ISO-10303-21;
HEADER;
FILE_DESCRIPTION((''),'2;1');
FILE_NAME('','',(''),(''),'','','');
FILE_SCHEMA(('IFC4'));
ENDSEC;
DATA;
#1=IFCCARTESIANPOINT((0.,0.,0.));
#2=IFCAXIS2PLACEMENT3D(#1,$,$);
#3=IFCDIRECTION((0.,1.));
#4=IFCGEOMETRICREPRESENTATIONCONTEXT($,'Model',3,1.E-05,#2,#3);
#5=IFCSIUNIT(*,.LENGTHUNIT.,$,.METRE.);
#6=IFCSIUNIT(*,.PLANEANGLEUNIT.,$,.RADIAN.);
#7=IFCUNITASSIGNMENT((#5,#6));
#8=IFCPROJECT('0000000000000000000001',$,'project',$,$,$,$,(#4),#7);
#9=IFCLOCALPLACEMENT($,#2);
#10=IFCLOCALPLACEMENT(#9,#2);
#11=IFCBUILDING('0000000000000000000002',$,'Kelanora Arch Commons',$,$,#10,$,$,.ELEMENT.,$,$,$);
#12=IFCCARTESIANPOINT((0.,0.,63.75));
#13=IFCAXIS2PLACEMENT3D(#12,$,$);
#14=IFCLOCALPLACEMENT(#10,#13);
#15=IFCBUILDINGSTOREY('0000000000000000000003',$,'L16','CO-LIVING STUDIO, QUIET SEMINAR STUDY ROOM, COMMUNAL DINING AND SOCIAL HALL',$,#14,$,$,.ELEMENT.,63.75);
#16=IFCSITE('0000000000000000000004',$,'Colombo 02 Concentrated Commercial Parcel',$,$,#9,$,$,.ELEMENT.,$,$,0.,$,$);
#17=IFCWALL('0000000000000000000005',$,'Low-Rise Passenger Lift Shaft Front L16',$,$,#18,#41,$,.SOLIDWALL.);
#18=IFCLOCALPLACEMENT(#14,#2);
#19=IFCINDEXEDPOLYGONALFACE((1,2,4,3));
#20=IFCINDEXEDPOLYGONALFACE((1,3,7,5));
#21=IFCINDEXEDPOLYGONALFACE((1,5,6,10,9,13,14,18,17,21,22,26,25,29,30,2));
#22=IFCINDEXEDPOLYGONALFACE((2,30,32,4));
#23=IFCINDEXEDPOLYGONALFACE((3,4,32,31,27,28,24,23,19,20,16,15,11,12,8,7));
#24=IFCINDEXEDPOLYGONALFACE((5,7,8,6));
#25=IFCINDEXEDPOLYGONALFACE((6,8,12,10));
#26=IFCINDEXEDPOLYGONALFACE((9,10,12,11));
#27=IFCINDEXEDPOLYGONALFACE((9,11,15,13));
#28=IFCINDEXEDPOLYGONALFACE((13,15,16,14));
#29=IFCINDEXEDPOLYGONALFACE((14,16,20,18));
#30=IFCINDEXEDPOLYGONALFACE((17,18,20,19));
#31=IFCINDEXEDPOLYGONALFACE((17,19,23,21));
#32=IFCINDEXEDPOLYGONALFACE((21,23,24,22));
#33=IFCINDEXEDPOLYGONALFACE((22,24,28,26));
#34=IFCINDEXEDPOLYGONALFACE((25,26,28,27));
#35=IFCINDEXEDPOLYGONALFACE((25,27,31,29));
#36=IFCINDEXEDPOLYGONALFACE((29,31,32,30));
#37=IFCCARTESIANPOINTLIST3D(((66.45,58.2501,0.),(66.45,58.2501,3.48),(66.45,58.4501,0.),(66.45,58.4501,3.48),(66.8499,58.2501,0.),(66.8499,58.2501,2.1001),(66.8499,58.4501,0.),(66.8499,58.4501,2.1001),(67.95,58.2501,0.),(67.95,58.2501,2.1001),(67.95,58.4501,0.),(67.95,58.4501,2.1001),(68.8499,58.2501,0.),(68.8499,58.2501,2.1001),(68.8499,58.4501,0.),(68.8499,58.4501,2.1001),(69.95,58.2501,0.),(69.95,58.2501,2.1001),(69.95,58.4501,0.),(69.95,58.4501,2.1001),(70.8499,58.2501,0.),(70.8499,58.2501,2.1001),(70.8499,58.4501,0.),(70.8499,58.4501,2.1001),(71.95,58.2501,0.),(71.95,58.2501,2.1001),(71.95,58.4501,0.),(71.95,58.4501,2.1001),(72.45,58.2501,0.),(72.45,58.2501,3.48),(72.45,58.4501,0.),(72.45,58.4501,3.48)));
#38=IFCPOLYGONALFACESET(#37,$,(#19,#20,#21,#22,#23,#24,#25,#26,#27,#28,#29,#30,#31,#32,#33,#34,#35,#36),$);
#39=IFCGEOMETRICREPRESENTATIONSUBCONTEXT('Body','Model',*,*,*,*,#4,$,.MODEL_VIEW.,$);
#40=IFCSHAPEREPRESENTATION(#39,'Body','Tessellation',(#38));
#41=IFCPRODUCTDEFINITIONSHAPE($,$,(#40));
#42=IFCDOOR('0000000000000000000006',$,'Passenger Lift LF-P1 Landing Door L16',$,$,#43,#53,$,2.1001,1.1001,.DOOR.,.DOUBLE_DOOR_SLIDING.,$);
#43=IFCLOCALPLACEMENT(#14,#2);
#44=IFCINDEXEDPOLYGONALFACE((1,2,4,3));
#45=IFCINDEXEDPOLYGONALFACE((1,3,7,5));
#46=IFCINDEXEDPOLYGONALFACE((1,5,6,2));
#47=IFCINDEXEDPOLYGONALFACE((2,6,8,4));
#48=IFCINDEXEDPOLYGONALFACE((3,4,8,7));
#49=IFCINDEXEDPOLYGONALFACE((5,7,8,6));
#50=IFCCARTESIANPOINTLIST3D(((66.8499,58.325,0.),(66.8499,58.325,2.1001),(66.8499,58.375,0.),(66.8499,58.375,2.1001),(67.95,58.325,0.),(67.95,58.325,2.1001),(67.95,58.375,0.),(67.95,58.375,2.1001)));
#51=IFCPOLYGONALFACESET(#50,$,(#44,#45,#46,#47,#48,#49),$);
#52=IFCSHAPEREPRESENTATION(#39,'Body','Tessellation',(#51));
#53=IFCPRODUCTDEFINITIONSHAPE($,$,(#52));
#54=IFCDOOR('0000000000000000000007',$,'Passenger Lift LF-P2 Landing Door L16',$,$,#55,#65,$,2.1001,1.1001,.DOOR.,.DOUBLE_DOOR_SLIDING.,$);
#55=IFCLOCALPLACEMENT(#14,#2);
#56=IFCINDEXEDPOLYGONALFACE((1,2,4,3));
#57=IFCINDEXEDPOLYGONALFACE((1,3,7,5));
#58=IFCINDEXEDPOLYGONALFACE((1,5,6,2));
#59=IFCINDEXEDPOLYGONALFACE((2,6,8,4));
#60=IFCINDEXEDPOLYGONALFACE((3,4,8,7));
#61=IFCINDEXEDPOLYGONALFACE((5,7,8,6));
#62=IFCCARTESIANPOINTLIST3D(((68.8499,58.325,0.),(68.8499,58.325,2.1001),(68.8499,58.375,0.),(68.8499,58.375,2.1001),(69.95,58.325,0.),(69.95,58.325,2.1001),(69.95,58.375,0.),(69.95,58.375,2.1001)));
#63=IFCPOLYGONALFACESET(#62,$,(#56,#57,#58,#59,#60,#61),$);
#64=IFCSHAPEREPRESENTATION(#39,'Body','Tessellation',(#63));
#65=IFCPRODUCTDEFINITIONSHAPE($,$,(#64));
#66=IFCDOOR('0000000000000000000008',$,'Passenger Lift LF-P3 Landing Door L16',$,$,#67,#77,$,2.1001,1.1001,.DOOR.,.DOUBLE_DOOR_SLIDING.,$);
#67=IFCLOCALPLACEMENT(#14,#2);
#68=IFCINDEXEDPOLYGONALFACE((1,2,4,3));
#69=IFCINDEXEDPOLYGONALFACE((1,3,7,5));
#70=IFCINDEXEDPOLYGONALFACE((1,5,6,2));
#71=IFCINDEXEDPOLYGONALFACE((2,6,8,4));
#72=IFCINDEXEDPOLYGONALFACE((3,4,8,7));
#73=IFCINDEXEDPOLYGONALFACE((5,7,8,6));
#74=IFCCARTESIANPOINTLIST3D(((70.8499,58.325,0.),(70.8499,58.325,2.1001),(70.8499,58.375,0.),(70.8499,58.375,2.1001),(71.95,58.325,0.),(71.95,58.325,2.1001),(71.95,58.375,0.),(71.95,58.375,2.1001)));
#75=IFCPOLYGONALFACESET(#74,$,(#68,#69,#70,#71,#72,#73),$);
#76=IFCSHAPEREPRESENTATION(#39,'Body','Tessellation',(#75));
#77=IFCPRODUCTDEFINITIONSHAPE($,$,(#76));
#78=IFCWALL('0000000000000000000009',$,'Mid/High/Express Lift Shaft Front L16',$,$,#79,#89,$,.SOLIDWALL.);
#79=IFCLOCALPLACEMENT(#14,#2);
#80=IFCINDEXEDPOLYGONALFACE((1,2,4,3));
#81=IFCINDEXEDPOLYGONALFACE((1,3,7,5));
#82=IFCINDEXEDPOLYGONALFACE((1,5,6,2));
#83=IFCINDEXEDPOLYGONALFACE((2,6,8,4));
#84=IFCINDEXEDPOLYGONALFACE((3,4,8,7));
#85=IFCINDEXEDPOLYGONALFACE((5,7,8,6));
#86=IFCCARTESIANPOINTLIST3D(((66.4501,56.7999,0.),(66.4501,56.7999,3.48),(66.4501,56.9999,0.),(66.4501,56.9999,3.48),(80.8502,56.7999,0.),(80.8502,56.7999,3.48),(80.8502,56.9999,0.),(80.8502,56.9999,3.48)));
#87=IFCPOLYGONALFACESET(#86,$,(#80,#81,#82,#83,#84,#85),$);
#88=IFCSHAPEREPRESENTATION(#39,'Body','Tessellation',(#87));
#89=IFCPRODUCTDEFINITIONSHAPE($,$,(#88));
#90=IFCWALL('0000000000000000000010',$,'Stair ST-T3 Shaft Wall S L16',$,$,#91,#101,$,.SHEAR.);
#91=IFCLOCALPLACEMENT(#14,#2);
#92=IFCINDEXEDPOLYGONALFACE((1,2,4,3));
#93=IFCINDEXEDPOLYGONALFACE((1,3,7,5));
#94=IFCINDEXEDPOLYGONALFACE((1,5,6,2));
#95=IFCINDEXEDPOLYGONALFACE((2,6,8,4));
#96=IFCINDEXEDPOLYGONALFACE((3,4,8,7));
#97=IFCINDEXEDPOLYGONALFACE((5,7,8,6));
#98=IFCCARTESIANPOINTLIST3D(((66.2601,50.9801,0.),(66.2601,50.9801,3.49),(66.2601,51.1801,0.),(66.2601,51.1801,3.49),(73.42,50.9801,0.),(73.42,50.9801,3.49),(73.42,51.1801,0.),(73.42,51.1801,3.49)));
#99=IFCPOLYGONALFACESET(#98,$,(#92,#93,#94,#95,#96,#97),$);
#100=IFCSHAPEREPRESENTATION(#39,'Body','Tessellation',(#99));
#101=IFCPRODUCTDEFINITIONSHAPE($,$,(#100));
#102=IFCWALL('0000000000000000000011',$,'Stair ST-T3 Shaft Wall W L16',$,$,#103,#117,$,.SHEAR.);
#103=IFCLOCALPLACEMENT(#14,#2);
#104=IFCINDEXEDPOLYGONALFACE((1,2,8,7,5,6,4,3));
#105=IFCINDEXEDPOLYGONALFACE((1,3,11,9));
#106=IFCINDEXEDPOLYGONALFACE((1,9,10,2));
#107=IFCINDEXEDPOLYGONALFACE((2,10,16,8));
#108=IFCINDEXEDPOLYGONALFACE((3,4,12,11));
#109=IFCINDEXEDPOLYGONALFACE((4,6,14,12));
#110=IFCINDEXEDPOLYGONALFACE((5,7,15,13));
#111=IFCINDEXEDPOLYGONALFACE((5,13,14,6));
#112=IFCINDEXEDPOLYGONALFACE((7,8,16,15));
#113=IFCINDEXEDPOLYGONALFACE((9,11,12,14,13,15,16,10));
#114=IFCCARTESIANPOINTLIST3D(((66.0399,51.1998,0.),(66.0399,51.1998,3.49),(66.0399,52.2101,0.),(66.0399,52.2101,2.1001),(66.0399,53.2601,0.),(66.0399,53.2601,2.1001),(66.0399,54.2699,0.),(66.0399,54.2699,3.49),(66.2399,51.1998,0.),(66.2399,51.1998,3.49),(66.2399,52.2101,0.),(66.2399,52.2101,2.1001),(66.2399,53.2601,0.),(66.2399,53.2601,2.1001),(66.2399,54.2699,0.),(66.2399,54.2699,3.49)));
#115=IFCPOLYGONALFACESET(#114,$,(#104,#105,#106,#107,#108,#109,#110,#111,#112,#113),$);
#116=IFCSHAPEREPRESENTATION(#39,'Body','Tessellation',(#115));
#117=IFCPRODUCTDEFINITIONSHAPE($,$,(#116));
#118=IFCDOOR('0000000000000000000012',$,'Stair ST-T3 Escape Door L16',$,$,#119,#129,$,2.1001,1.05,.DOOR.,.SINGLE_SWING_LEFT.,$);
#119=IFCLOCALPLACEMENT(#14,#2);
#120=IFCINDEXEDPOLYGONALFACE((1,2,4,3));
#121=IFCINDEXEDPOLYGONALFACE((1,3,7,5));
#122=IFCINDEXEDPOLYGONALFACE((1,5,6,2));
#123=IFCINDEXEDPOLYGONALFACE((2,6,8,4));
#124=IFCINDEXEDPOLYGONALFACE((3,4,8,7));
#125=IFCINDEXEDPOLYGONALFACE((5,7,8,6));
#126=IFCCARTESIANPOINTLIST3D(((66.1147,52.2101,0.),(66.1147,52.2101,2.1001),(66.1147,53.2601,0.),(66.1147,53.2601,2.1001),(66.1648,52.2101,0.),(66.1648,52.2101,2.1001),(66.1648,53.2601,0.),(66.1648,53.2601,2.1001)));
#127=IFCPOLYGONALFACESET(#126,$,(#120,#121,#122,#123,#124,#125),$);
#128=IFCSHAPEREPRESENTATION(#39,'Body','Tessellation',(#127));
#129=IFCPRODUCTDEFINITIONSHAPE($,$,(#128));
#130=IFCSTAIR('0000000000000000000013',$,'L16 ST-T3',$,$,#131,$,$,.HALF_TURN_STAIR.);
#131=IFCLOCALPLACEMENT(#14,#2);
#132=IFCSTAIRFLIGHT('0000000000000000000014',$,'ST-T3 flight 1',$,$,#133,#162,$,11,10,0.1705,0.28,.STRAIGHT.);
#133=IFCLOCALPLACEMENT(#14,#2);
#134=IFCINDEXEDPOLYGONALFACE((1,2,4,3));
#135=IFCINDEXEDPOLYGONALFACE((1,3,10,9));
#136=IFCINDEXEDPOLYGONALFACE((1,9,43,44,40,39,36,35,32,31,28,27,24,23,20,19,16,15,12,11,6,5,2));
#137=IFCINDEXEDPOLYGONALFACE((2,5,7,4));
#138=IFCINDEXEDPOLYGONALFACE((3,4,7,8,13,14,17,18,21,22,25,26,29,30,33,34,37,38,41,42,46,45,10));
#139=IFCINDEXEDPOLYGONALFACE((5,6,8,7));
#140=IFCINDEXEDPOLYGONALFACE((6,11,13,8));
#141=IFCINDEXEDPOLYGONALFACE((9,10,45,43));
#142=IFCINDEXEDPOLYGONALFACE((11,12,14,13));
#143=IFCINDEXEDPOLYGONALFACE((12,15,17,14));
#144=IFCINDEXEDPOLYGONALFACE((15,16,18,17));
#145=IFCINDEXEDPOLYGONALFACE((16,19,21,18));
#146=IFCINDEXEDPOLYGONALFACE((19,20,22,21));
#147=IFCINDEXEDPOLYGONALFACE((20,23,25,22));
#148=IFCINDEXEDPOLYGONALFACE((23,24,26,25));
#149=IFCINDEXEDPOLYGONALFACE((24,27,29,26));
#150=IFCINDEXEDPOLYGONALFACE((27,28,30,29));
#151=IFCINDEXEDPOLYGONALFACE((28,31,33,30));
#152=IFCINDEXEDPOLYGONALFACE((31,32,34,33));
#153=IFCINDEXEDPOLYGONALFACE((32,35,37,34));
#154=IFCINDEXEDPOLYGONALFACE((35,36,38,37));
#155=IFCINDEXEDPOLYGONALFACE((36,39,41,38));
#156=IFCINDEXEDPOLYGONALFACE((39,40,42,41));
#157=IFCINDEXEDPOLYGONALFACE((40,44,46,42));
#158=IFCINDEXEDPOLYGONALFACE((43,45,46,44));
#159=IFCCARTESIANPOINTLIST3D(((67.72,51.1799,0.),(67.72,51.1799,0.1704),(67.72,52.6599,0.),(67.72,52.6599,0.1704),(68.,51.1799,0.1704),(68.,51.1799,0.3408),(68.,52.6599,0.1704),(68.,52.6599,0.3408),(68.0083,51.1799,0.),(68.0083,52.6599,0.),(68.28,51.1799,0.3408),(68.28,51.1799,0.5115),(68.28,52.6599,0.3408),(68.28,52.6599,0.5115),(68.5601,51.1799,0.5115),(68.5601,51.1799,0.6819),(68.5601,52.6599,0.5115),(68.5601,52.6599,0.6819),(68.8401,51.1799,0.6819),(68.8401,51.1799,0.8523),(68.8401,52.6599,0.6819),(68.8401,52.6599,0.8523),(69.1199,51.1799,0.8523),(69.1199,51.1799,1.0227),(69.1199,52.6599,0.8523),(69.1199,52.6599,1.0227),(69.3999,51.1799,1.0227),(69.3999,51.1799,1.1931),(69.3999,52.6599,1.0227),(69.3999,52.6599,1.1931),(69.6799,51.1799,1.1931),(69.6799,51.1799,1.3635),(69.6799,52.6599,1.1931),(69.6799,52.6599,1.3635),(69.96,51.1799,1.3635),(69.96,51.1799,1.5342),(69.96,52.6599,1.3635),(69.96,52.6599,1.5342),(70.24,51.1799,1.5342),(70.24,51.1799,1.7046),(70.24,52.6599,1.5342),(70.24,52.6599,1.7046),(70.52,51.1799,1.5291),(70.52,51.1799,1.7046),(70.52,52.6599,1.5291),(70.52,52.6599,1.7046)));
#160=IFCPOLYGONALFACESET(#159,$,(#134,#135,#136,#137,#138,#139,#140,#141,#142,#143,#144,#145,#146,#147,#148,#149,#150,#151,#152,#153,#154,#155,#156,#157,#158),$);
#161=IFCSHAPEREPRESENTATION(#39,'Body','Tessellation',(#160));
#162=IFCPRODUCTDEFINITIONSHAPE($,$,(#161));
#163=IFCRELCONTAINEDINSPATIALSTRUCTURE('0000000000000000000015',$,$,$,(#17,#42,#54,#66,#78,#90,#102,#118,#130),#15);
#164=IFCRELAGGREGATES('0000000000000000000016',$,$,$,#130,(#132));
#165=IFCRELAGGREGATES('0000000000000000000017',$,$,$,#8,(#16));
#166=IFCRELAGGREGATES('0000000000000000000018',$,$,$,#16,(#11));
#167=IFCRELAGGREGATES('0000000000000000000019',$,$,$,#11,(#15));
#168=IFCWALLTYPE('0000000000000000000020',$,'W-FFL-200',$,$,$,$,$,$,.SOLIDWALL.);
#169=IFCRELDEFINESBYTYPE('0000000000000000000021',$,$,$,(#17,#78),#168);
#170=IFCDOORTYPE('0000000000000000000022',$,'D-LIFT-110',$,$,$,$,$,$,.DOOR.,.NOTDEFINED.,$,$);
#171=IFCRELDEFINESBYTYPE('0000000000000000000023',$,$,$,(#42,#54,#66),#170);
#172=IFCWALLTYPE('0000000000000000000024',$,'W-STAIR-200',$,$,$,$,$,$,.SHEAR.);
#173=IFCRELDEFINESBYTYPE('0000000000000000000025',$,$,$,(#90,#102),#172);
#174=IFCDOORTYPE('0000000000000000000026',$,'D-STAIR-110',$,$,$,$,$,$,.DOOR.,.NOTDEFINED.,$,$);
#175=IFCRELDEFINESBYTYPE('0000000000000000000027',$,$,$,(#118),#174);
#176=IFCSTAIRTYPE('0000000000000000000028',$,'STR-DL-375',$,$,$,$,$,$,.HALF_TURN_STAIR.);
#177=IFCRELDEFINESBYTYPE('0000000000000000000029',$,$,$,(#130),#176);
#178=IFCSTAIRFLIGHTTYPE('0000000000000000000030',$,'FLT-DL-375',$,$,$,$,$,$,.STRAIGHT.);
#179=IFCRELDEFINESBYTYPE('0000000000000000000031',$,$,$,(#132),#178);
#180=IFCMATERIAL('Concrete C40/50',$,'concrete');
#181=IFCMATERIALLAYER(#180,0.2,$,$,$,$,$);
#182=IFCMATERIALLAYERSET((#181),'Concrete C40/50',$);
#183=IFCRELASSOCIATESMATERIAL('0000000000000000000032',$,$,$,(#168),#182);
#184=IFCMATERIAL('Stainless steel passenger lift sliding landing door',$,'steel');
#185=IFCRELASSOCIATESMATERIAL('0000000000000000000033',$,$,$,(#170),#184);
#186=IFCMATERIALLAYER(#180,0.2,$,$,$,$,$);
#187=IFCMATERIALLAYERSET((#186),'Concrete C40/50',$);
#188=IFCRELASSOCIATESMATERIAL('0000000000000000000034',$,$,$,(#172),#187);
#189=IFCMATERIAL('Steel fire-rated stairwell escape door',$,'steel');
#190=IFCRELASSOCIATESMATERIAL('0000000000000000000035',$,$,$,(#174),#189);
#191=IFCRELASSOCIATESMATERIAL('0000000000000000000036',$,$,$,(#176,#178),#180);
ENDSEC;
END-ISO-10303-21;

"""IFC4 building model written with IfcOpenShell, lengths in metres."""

from ifc_helpers import new_model, si_unit, direction, frame, frame_2d, origin, place, context, subcontext, project, spatial, polyline, rectangle, outline, extrude, material, layer, layer_set, type_object, element, fill, aggregate, save


model = new_model("IFC4")

# Units and contexts
model_context = context("Model", 3, precision=1e-05, world=origin(), true_north=direction((0.0, 1.0)))
body_context = subcontext(model_context, "Body", "Model", "MODEL_VIEW")
ifc_project = project(units=[si_unit("LENGTHUNIT", "METRE"), si_unit("PLANEANGLEUNIT", "RADIAN")], contexts=[model_context])

# Site, building, storey
site_placement = place(None, origin())
site = spatial("IfcSite", under=ifc_project, at=site_placement, Name="Colombo 02 Concentrated Commercial Parcel", CompositionType="ELEMENT", RefElevation=0.0)
building_placement = place(site_placement, origin())
building = spatial("IfcBuilding", under=site, at=building_placement, Name="Kelanora Arch Commons", CompositionType="ELEMENT")
storey_placement = place(building_placement, frame((0.0, 0.0, 63.75)))
storey = spatial("IfcBuildingStorey", under=building, at=storey_placement, Name="L16", Description="CO-LIVING STUDIO, QUIET SEMINAR STUDY ROOM, COMMUNAL DINING AND SOCIAL HALL", CompositionType="ELEMENT", Elevation=63.75)

# Wall, openings, doors
ifc_material_1 = material(Name="Concrete C40/50", Category="concrete")
ifc_layer_1 = layer(ifc_material_1, 0.2)
ifc_layer_set_1 = layer_set([ifc_layer_1], Name="Concrete C40/50")
wall_type_1 = type_object("IfcWallType", Name="W-FFL-200", PredefinedType="SOLIDWALL", material=ifc_layer_set_1)
wall_1_placement = place(storey_placement, frame((66.45, 58.3501, 0.0), z_axis=(0.0, 0.0, 1.0), x_axis=(1.0, 0.0, 0.0)))
wall_1 = element("IfcWall", 1, at=wall_1_placement, inside=storey, type_object=wall_type_1, Name="Low-Rise Passenger Lift Shaft Front L16", PredefinedType="SOLIDWALL", context=body_context, shape_type="SweptSolid", body=[
    extrude(rectangle(XDim=6.0, YDim=0.2, at=frame_2d((3.0, 0.0))), origin(), (0.0, 0.0, 1.0), 3.48),
])
opening_1_placement = place(wall_1_placement, frame((0.3999, 0.0, 0.0)))
opening_1 = element("IfcOpeningElement", 2, at=opening_1_placement, cuts=wall_1, PredefinedType="OPENING", context=body_context, shape_type="SweptSolid", body=[
    extrude(rectangle(XDim=1.1001, YDim=2.1001, at=frame_2d((0.55, 1.05))), frame((0.0, 0.1099, 0.0), z_axis=(0.0, -1.0, 0.0), x_axis=(1.0, 0.0, 0.0)), (0.0, 0.0, 1.0), 0.22),
])
opening_2_placement = place(wall_1_placement, frame((2.3999, 0.0, 0.0)))
opening_2 = element("IfcOpeningElement", 3, at=opening_2_placement, cuts=wall_1, PredefinedType="OPENING", context=body_context, shape_type="SweptSolid", body=[
    extrude(rectangle(XDim=1.1001, YDim=2.1001, at=frame_2d((0.55, 1.05))), frame((0.0, 0.1099, 0.0), z_axis=(0.0, -1.0, 0.0), x_axis=(1.0, 0.0, 0.0)), (0.0, 0.0, 1.0), 0.22),
])
opening_3_placement = place(wall_1_placement, frame((4.3999, 0.0, 0.0)))
opening_3 = element("IfcOpeningElement", 4, at=opening_3_placement, cuts=wall_1, PredefinedType="OPENING", context=body_context, shape_type="SweptSolid", body=[
    extrude(rectangle(XDim=1.1001, YDim=2.1001, at=frame_2d((0.55, 1.05))), frame((0.0, 0.1099, 0.0), z_axis=(0.0, -1.0, 0.0), x_axis=(1.0, 0.0, 0.0)), (0.0, 0.0, 1.0), 0.22),
])
ifc_material_2 = material(Name="Stainless steel passenger lift sliding landing door", Category="steel")
door_type_1 = type_object("IfcDoorType", Name="D-LIFT-110", OperationType="NOTDEFINED", PredefinedType="DOOR", material=ifc_material_2)
door_1_placement = place(opening_1_placement, origin())
door_1 = element("IfcDoor", 5, at=door_1_placement, inside=storey, type_object=door_type_1, Name="Passenger Lift LF-P1 Landing Door L16", OperationType="DOUBLE_DOOR_SLIDING", OverallHeight=2.1001, OverallWidth=1.1001, PredefinedType="DOOR", context=body_context, shape_type="SweptSolid", body=[
    extrude(rectangle(XDim=1.1001, YDim=2.1001, at=frame_2d((0.55, 1.05))), frame((0.0, 0.0249, 0.0), z_axis=(0.0, -1.0, 0.0), x_axis=(1.0, 0.0, 0.0)), (0.0, 0.0, 1.0), 0.05),
])
fill(opening_1, door_1)
door_2_placement = place(opening_2_placement, origin())
door_2 = element("IfcDoor", 6, at=door_2_placement, inside=storey, type_object=door_type_1, Name="Passenger Lift LF-P2 Landing Door L16", OperationType="DOUBLE_DOOR_SLIDING", OverallHeight=2.1001, OverallWidth=1.1001, PredefinedType="DOOR", context=body_context, shape_type="SweptSolid", body=[
    extrude(rectangle(XDim=1.1001, YDim=2.1001, at=frame_2d((0.55, 1.05))), frame((0.0, 0.0249, 0.0), z_axis=(0.0, -1.0, 0.0), x_axis=(1.0, 0.0, 0.0)), (0.0, 0.0, 1.0), 0.05),
])
fill(opening_2, door_2)
door_3_placement = place(opening_3_placement, origin())
door_3 = element("IfcDoor", 7, at=door_3_placement, inside=storey, type_object=door_type_1, Name="Passenger Lift LF-P3 Landing Door L16", OperationType="DOUBLE_DOOR_SLIDING", OverallHeight=2.1001, OverallWidth=1.1001, PredefinedType="DOOR", context=body_context, shape_type="SweptSolid", body=[
    extrude(rectangle(XDim=1.1001, YDim=2.1001, at=frame_2d((0.55, 1.05))), frame((0.0, 0.0249, 0.0), z_axis=(0.0, -1.0, 0.0), x_axis=(1.0, 0.0, 0.0)), (0.0, 0.0, 1.0), 0.05),
])
fill(opening_3, door_3)

# Walls
wall_2_placement = place(storey_placement, frame((66.45, 56.8999, 0.0), z_axis=(0.0, 0.0, 1.0), x_axis=(1.0, 0.0, 0.0)))
element("IfcWall", 8, at=wall_2_placement, inside=storey, type_object=wall_type_1, Name="Mid/High/Express Lift Shaft Front L16", PredefinedType="SOLIDWALL", context=body_context, shape_type="SweptSolid", body=[
    extrude(rectangle(XDim=14.4001, YDim=0.2, at=frame_2d((7.2002, 0.0))), origin(), (0.0, 0.0, 1.0), 3.48),
])
ifc_layer_2 = layer(ifc_material_1, 0.2)
ifc_layer_set_2 = layer_set([ifc_layer_2], Name="Concrete C40/50")
wall_type_2 = type_object("IfcWallType", Name="W-STAIR-200", PredefinedType="SHEAR", material=ifc_layer_set_2)
wall_3_placement = place(storey_placement, frame((66.26, 51.0801, 0.0), z_axis=(0.0, 0.0, 1.0), x_axis=(1.0, 0.0, 0.0)))
element("IfcWall", 9, at=wall_3_placement, inside=storey, type_object=wall_type_2, Name="Stair ST-T3 Shaft Wall S L16", PredefinedType="SHEAR", context=body_context, shape_type="SweptSolid", body=[
    extrude(rectangle(XDim=7.1599, YDim=0.2, at=frame_2d((3.5801, 0.0))), origin(), (0.0, 0.0, 1.0), 3.49),
])

# Wall, opening, door
wall_4_placement = place(storey_placement, frame((66.1399, 54.27, 0.0), z_axis=(0.0, 0.0, 1.0), x_axis=(0.0, -1.0, 0.0)))
wall_4 = element("IfcWall", 10, at=wall_4_placement, inside=storey, type_object=wall_type_2, Name="Stair ST-T3 Shaft Wall W L16", PredefinedType="SHEAR", context=body_context, shape_type="SweptSolid", body=[
    extrude(rectangle(XDim=3.0701, YDim=0.2, at=frame_2d((1.5352, 0.0))), origin(), (0.0, 0.0, 1.0), 3.49),
])
opening_4_placement = place(wall_4_placement, frame((1.01, 0.0, 0.0)))
opening_4 = element("IfcOpeningElement", 11, at=opening_4_placement, cuts=wall_4, PredefinedType="OPENING", context=body_context, shape_type="SweptSolid", body=[
    extrude(rectangle(XDim=1.05, YDim=2.1001, at=frame_2d((0.5249, 1.05))), frame((0.0, 0.1099, 0.0), z_axis=(0.0, -1.0, 0.0), x_axis=(1.0, 0.0, 0.0)), (0.0, 0.0, 1.0), 0.22),
])
ifc_material_3 = material(Name="Steel fire-rated stairwell escape door", Category="steel")
door_type_2 = type_object("IfcDoorType", Name="D-STAIR-110", OperationType="NOTDEFINED", PredefinedType="DOOR", material=ifc_material_3)
door_4_placement = place(opening_4_placement, origin())
door_4 = element("IfcDoor", 12, at=door_4_placement, inside=storey, type_object=door_type_2, Name="Stair ST-T3 Escape Door L16", OperationType="SINGLE_SWING_LEFT", OverallHeight=2.1001, OverallWidth=1.05, PredefinedType="DOOR", context=body_context, shape_type="SweptSolid", body=[
    extrude(rectangle(XDim=1.05, YDim=2.1001, at=frame_2d((0.5249, 1.05))), frame((0.0, 0.0249, 0.0), z_axis=(0.0, -1.0, 0.0), x_axis=(1.0, 0.0, 0.0)), (0.0, 0.0, 1.0), 0.05),
])
fill(opening_4, door_4)

# Stair, stair flight
stair_type = type_object("IfcStairType", Name="STR-DL-375", PredefinedType="HALF_TURN_STAIR", material=ifc_material_1)
stair_placement = place(storey_placement, origin())
stair = element("IfcStair", 13, at=stair_placement, inside=storey, type_object=stair_type, Name="L16 ST-T3", PredefinedType="HALF_TURN_STAIR")
stair_flight_type = type_object("IfcStairFlightType", Name="FLT-DL-375", PredefinedType="STRAIGHT", material=ifc_material_1)
stair_flight_placement = place(storey_placement, frame((67.72, 51.9199, 0.0), z_axis=(0.0, 0.0, 1.0), x_axis=(1.0, 0.0, 0.0)))
stair_flight = element("IfcStairFlight", 14, at=stair_flight_placement, type_object=stair_flight_type, Name="ST-T3 flight 1", NumberOfRisers=11, NumberOfTreads=10, PredefinedType="STRAIGHT", RiserHeight=0.1705, TreadLength=0.28, context=body_context, shape_type="SweptSolid", body=[
    extrude(outline(polyline([(0.0, 0.0), (0.0, 0.1704), (0.28, 0.1704), (0.28, 0.3408), (0.5601, 0.3408), (0.5601, 0.5115), (0.8401, 0.5115), (0.8401, 0.6819), (1.1201, 0.6819), (1.1201, 0.8523), (1.3999, 0.8523), (1.3999, 1.0227), (1.6799, 1.0227), (1.6799, 1.1931), (1.96, 1.1931), (1.96, 1.3635), (2.24, 1.3635), (2.24, 1.5342), (2.52, 1.5342), (2.52, 1.7046), (2.8, 1.7046), (2.8, 1.875), (2.8, 1.5291), (0.2883, 0.0), (0.0, 0.0)])), frame((0.0, 0.74, 0.0), z_axis=(0.0, -1.0, 0.0), x_axis=(1.0, 0.0, 0.0)), (0.0, 0.0, 1.0), 1.48),
])
aggregate(stair, [stair_flight])

save(model, "model.ifc")
